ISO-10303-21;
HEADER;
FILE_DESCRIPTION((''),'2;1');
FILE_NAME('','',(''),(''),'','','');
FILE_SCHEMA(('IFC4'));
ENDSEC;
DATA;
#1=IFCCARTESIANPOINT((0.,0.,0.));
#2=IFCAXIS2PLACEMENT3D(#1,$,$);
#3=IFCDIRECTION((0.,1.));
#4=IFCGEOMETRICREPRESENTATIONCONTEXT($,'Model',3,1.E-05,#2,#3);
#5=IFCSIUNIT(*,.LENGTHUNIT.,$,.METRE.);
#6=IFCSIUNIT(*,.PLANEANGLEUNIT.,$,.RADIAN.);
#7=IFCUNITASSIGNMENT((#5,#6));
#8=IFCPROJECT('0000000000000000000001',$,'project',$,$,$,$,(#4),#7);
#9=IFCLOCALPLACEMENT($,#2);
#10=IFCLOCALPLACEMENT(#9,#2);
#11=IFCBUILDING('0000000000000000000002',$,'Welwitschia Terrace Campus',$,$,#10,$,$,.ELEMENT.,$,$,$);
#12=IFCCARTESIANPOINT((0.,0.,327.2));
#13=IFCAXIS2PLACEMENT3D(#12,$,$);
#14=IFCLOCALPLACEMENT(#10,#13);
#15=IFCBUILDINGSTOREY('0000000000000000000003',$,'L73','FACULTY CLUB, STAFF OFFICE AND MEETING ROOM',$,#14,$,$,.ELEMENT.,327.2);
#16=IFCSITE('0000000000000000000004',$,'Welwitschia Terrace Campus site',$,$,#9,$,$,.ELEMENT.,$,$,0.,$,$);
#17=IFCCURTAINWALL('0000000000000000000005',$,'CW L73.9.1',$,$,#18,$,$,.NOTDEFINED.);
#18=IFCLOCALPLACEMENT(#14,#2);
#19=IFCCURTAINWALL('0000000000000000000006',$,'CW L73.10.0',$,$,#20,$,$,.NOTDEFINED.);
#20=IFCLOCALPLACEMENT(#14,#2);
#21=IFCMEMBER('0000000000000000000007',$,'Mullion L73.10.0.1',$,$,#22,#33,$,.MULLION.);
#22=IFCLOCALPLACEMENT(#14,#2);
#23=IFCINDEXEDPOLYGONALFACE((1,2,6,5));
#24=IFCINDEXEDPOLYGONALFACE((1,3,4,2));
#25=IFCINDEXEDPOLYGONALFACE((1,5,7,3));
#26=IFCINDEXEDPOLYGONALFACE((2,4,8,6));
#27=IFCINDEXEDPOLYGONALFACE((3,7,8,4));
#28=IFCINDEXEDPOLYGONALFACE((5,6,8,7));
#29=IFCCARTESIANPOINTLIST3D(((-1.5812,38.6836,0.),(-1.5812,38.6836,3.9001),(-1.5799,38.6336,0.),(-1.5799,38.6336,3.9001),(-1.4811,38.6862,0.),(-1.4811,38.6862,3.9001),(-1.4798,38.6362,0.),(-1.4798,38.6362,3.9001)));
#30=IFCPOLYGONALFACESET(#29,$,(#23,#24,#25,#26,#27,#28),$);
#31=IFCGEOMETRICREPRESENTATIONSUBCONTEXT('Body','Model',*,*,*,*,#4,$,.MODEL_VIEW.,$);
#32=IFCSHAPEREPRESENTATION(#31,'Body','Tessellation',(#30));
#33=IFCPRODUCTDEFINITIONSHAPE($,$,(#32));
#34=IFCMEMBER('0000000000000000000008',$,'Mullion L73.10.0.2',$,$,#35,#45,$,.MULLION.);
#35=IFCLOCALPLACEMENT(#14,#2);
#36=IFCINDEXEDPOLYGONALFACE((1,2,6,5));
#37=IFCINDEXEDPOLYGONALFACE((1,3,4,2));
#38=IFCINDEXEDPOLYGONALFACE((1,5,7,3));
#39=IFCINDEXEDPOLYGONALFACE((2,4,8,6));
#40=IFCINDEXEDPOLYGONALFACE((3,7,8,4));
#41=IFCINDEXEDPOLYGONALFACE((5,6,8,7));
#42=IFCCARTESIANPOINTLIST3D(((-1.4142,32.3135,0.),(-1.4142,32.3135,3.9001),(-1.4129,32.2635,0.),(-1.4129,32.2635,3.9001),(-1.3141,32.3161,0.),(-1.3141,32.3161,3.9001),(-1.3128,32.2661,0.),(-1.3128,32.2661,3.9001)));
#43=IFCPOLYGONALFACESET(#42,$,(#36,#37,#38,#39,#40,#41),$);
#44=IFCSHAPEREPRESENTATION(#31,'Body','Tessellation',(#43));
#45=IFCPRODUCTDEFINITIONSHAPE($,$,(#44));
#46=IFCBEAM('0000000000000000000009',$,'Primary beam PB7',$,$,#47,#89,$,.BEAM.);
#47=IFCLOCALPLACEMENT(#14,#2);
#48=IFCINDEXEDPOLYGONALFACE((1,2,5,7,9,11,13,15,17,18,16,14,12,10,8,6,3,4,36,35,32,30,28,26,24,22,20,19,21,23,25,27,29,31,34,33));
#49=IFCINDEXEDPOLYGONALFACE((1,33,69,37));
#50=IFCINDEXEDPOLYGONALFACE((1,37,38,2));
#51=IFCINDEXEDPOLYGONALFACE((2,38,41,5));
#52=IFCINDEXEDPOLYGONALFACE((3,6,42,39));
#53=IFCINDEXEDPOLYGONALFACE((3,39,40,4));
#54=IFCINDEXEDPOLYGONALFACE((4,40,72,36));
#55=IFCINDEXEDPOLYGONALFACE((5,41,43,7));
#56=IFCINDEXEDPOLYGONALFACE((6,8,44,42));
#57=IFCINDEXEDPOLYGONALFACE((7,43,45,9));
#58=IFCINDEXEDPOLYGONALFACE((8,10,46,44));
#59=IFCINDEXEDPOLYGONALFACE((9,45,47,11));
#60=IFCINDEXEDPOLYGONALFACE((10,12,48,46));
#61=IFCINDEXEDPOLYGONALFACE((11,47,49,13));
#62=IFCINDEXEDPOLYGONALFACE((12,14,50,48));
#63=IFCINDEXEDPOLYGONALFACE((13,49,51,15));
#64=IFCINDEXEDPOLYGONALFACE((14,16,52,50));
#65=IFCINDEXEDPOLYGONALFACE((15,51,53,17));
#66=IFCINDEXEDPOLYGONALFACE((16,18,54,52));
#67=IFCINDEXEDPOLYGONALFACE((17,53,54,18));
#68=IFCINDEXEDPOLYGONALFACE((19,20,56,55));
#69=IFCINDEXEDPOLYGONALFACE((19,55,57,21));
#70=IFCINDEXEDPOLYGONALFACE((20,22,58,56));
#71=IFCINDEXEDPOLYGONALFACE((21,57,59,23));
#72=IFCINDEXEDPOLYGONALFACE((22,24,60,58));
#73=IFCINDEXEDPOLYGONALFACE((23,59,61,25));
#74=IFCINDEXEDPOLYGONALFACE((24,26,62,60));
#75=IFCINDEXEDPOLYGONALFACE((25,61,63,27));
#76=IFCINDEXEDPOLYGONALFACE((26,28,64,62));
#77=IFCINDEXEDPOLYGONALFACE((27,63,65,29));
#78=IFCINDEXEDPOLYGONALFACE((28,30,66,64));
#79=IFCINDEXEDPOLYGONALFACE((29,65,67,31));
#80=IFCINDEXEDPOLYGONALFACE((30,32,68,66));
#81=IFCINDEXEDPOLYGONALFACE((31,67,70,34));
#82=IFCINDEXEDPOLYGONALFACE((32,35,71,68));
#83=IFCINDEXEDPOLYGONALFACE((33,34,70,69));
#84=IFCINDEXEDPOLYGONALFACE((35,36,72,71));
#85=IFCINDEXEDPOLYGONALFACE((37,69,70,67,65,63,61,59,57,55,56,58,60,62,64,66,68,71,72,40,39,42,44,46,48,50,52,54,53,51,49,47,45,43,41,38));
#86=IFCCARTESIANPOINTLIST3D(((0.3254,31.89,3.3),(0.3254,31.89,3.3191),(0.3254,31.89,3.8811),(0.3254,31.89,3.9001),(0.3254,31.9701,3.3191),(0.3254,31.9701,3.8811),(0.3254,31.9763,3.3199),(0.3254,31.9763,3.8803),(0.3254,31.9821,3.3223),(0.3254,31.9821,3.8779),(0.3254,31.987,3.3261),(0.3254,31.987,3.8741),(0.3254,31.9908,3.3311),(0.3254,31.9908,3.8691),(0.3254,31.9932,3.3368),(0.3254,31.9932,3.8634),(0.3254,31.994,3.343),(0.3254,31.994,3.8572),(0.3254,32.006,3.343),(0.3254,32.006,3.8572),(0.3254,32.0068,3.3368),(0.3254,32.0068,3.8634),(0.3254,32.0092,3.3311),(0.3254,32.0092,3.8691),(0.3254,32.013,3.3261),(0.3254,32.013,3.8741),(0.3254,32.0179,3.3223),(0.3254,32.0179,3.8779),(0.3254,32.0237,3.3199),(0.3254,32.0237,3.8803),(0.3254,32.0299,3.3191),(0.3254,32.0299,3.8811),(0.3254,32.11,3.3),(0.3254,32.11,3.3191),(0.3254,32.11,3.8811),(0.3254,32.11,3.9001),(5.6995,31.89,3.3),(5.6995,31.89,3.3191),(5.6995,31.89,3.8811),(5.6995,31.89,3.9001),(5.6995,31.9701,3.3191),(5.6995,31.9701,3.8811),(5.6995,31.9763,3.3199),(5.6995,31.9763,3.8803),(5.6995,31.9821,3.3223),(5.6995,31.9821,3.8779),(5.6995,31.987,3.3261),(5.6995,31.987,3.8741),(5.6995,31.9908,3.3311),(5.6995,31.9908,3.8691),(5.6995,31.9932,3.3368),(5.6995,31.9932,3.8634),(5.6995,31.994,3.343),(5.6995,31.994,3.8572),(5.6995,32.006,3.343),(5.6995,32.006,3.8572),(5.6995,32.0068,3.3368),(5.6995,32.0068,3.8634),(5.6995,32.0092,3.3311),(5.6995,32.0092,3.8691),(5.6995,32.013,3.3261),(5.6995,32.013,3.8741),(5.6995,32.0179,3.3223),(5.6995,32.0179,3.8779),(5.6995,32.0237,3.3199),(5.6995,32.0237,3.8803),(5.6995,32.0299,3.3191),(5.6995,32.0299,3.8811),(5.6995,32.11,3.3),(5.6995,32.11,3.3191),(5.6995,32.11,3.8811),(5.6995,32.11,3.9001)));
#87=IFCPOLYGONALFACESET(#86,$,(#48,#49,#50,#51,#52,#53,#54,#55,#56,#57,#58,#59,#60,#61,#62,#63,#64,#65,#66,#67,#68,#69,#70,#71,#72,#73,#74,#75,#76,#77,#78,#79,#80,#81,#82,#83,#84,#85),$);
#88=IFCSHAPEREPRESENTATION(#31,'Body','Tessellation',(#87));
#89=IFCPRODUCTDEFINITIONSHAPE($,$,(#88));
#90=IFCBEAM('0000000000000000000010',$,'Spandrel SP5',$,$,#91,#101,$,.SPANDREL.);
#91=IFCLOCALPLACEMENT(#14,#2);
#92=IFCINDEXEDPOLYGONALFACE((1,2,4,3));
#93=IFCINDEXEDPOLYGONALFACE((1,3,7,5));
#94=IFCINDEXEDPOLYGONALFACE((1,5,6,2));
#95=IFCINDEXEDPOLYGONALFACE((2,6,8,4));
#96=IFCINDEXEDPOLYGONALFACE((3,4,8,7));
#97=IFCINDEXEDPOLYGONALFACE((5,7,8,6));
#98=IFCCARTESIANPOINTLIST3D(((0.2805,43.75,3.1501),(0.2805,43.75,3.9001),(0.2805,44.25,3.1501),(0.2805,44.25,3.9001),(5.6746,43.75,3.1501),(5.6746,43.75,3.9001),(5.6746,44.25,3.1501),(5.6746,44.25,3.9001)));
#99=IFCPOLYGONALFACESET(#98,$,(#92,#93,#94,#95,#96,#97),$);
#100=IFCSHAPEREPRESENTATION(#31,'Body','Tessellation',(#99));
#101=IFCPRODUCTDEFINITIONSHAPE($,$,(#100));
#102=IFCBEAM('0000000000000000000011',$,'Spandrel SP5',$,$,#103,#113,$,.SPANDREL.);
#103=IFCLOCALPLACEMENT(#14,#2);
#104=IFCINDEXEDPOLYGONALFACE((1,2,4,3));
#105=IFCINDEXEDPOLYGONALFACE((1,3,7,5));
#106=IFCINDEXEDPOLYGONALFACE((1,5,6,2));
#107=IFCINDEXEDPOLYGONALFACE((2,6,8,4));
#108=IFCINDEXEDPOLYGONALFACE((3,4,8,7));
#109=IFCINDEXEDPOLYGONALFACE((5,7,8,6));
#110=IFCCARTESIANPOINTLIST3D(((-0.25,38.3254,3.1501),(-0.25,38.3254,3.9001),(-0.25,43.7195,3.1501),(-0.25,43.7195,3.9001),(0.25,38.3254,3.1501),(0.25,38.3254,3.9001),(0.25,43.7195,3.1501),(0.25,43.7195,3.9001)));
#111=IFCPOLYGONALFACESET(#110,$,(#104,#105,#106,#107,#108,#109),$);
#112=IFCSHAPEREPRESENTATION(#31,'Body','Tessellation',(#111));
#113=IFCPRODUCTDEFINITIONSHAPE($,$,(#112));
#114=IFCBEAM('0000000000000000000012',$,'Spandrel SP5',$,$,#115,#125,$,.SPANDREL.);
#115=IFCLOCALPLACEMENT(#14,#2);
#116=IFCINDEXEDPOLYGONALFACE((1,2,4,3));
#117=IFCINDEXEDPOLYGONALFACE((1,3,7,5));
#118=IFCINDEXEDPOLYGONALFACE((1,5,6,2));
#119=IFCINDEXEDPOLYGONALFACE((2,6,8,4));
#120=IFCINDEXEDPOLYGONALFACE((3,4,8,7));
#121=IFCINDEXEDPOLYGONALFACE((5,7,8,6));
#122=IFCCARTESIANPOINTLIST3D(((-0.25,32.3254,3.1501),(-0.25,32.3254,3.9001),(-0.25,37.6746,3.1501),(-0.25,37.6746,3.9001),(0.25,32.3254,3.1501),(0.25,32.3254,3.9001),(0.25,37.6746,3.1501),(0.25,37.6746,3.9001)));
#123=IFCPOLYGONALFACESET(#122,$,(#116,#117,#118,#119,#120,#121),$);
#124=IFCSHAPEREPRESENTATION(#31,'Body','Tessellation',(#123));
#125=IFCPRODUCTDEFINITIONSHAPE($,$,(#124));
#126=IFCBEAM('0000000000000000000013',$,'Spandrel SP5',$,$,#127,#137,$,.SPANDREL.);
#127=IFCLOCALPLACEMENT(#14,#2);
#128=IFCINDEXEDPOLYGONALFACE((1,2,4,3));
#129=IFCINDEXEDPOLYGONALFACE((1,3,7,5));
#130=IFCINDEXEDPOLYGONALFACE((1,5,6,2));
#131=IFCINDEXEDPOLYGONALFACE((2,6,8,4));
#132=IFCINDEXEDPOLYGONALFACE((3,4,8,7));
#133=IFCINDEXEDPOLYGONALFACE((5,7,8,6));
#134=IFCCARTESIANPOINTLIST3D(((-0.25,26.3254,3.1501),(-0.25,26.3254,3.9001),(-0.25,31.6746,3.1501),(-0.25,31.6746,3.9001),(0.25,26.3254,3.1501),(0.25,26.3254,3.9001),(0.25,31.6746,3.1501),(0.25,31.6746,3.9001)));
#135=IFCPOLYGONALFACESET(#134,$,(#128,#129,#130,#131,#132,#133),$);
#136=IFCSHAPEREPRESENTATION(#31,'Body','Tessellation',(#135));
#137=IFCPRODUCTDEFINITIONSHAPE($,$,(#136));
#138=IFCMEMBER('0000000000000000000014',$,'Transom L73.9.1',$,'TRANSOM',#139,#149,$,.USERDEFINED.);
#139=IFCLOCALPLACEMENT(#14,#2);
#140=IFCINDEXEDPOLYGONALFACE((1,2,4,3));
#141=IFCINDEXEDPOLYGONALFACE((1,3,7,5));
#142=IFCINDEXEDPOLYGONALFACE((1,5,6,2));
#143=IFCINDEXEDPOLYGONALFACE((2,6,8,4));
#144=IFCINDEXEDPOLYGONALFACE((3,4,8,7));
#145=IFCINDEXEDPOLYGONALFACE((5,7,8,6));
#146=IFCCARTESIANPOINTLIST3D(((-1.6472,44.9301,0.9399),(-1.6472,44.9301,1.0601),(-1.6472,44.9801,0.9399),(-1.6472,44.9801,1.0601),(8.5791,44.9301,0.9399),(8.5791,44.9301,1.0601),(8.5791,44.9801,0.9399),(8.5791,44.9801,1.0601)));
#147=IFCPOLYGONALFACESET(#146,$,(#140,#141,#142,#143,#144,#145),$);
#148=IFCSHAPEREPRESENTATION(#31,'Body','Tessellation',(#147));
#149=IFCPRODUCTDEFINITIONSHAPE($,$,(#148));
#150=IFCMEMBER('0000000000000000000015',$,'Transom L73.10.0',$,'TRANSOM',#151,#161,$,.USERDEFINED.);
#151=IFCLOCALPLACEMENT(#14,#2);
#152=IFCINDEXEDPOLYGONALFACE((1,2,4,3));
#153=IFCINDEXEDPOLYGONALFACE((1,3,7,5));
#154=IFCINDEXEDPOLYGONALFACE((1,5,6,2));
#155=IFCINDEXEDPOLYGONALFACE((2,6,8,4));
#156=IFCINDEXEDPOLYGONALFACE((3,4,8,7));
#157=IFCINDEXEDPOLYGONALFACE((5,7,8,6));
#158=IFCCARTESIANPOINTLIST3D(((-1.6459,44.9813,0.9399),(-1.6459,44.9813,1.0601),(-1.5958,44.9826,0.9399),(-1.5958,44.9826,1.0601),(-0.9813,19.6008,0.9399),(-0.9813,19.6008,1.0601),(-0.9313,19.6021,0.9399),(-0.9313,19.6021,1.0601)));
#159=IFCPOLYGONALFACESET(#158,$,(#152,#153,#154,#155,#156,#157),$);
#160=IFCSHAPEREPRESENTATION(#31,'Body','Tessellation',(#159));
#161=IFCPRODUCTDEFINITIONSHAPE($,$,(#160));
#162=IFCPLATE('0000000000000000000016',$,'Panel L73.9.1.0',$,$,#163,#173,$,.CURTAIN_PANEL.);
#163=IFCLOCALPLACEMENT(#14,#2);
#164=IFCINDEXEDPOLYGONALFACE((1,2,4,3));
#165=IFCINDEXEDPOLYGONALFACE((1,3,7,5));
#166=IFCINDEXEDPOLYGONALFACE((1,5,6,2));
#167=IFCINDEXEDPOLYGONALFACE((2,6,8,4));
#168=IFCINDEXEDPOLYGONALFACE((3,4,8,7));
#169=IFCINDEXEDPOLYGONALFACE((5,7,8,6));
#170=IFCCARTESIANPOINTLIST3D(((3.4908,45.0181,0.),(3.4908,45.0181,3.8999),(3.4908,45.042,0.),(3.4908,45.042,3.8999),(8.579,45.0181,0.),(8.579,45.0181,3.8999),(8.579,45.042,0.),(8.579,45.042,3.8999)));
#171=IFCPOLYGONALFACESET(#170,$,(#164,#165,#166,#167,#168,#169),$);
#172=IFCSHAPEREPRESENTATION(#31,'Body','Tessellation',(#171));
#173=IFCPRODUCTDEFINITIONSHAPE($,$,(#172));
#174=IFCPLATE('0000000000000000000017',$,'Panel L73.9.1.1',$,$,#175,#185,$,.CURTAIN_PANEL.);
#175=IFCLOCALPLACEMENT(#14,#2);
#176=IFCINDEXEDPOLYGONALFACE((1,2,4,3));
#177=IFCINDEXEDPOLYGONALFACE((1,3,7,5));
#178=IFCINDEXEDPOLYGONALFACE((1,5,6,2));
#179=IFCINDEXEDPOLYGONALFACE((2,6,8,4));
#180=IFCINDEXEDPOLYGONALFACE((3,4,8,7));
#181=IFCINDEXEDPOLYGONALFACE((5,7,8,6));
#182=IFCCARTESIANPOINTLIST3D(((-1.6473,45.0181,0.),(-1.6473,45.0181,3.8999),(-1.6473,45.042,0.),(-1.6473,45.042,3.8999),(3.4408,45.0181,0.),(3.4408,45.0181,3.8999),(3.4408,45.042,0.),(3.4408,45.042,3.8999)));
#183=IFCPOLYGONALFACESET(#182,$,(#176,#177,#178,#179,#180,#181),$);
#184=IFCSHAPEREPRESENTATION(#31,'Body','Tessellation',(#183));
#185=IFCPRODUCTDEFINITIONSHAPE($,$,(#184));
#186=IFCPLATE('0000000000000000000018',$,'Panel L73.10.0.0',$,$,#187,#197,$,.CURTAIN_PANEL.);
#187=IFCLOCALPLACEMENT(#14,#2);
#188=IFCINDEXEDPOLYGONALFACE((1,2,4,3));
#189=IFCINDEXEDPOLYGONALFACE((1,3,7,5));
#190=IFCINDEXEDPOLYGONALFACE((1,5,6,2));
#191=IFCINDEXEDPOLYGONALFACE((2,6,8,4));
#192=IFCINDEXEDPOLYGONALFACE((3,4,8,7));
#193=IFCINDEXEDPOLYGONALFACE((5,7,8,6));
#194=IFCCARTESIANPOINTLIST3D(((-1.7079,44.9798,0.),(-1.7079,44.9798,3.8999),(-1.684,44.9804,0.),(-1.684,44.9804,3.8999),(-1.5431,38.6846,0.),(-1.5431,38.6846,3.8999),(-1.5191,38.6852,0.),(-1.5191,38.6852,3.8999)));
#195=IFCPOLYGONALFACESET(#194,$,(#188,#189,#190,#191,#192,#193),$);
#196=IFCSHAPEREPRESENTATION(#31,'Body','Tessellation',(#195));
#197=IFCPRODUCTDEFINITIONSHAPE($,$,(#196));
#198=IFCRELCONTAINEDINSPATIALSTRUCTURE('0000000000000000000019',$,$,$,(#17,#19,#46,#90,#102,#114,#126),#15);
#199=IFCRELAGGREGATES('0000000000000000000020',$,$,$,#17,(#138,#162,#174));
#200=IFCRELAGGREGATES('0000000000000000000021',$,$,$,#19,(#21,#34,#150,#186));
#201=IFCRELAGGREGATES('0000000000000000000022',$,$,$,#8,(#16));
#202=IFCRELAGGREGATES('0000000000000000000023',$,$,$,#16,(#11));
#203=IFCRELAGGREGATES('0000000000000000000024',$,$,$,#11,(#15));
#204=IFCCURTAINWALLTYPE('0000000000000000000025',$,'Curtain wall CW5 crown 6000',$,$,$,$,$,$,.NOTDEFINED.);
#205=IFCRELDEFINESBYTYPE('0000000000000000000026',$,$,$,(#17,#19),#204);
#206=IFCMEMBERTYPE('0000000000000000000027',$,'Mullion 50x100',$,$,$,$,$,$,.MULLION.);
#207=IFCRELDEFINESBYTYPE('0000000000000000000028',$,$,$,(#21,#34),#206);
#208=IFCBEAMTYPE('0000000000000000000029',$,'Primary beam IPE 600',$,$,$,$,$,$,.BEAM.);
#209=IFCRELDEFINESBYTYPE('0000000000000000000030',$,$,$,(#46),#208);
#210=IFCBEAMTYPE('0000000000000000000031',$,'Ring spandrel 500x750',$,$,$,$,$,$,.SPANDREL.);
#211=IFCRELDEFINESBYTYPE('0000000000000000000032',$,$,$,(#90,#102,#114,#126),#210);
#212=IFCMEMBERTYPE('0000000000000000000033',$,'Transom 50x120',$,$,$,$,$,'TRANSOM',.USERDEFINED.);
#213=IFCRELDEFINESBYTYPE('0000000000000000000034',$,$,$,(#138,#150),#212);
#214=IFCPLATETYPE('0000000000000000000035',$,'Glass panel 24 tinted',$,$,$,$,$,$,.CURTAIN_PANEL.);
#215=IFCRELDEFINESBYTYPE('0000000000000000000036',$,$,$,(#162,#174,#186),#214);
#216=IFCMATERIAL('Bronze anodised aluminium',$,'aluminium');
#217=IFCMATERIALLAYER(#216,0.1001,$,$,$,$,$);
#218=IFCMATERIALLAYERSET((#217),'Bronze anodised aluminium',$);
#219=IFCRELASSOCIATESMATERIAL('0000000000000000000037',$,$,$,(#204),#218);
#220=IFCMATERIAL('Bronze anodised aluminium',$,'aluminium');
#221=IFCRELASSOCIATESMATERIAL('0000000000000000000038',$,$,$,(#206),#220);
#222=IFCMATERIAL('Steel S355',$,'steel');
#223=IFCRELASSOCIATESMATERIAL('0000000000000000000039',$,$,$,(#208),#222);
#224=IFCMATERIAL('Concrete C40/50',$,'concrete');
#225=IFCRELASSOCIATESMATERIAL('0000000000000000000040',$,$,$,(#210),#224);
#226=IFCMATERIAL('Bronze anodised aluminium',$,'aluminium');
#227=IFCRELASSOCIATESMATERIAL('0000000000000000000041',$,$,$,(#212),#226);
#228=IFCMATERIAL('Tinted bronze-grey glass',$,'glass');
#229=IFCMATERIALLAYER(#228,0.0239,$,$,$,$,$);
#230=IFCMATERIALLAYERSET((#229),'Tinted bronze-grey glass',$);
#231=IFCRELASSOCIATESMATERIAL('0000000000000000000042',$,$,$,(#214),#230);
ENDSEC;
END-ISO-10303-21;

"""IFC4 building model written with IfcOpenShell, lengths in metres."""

from ifc_helpers import new_model, si_unit, direction, frame, origin, origin_2d, place, context, subcontext, project, spatial, rectangle, i_section, extrude, material, layer, layer_set, material_profile, profile_set, type_object, element, aggregate, save


model = new_model("IFC4")

# Units and contexts
model_context = context("Model", 3, precision=1e-05, world=origin(), true_north=direction((0.0, 1.0)))
body_context = subcontext(model_context, "Body", "Model", "MODEL_VIEW")
ifc_project = project(units=[si_unit("LENGTHUNIT", "METRE"), si_unit("PLANEANGLEUNIT", "RADIAN")], contexts=[model_context])

# Site, building, storey
site_placement = place(None, origin())
site = spatial("IfcSite", under=ifc_project, at=site_placement, Name="Welwitschia Terrace Campus site", CompositionType="ELEMENT", RefElevation=0.0)
building_placement = place(site_placement, origin())
building = spatial("IfcBuilding", under=site, at=building_placement, Name="Welwitschia Terrace Campus", CompositionType="ELEMENT")
storey_placement = place(building_placement, frame((0.0, 0.0, 327.2)))
storey = spatial("IfcBuildingStorey", under=building, at=storey_placement, Name="L73", Description="FACULTY CLUB, STAFF OFFICE AND MEETING ROOM", CompositionType="ELEMENT", Elevation=327.2)

# Curtain walls, members
ifc_material_1 = material(Name="Bronze anodised aluminium", Category="aluminium")
ifc_layer_1 = layer(ifc_material_1, 0.1001)
ifc_layer_set_1 = layer_set([ifc_layer_1], Name="Bronze anodised aluminium")
curtain_wall_type = type_object("IfcCurtainWallType", Name="Curtain wall CW5 crown 6000", PredefinedType="NOTDEFINED", material=ifc_layer_set_1)
curtain_wall_1_placement = place(storey_placement, origin())
curtain_wall_1 = element("IfcCurtainWall", 1, at=curtain_wall_1_placement, inside=storey, type_object=curtain_wall_type, Name="CW L73.9.1", PredefinedType="NOTDEFINED")
ifc_material_2 = material(Name="Bronze anodised aluminium", Category="aluminium")
ifc_material_profile_1 = material_profile(ifc_material_2, rectangle(XDim=0.1001, YDim=0.05, at=origin_2d()))
ifc_profile_set_1 = profile_set([ifc_material_profile_1], Name="Bronze anodised aluminium")
member_type_1 = type_object("IfcMemberType", Name="Mullion 50x100", PredefinedType="MULLION", material=ifc_profile_set_1)
curtain_wall_2_placement = place(storey_placement, origin())
curtain_wall_2 = element("IfcCurtainWall", 2, at=curtain_wall_2_placement, inside=storey, type_object=curtain_wall_type, Name="CW L73.10.0", PredefinedType="NOTDEFINED")
member_1_placement = place(storey_placement, frame((-1.5305, 38.6599, 0.0), z_axis=(0.0, 0.0, 1.0), x_axis=(0.999657, 0.026177, 0.0)))
member_1 = element("IfcMember", 3, at=member_1_placement, type_object=member_type_1, Name="Mullion L73.10.0.1", PredefinedType="MULLION", context=body_context, shape_type="SweptSolid", body=[
    extrude(rectangle(XDim=0.1001, YDim=0.05, at=origin_2d()), origin(), (0.0, 0.0, 1.0), 3.9001),
])
member_2_placement = place(storey_placement, frame((-1.3635, 32.2898, 0.0), z_axis=(0.0, 0.0, 1.0), x_axis=(0.999657, 0.026177, 0.0)))
member_2 = element("IfcMember", 4, at=member_2_placement, type_object=member_type_1, Name="Mullion L73.10.0.2", PredefinedType="MULLION", context=body_context, shape_type="SweptSolid", body=[
    extrude(rectangle(XDim=0.1001, YDim=0.05, at=origin_2d()), origin(), (0.0, 0.0, 1.0), 3.9001),
])

# Beams
ifc_material_3 = material(Name="Steel S355", Category="steel")
ifc_material_profile_2 = material_profile(ifc_material_3, i_section(OverallWidth=0.22, OverallDepth=0.6001, WebThickness=0.012, FlangeThickness=0.019, FilletRadius=0.0239, at=origin_2d()))
ifc_profile_set_2 = profile_set([ifc_material_profile_2], Name="Steel S355")
beam_type_1 = type_object("IfcBeamType", Name="Primary beam IPE 600", PredefinedType="BEAM", material=ifc_profile_set_2)
beam_1_placement = place(storey_placement, frame((0.3254, 32.0, 3.6001), z_axis=(1.0, 0.0, 0.0), x_axis=(0.0, 1.0, 0.0)))
element("IfcBeam", 5, at=beam_1_placement, inside=storey, type_object=beam_type_1, Name="Primary beam PB7", PredefinedType="BEAM", context=body_context, shape_type="SweptSolid", body=[
    extrude(i_section(OverallWidth=0.22, OverallDepth=0.6001, WebThickness=0.012, FlangeThickness=0.019, FilletRadius=0.0239, at=origin_2d()), origin(), (0.0, 0.0, 1.0), 5.374),
])
ifc_material_4 = material(Name="Concrete C40/50", Category="concrete")
ifc_material_profile_3 = material_profile(ifc_material_4, rectangle(XDim=0.5, YDim=0.75, at=origin_2d()))
ifc_profile_set_3 = profile_set([ifc_material_profile_3], Name="Concrete C40/50")
beam_type_2 = type_object("IfcBeamType", Name="Ring spandrel 500x750", PredefinedType="SPANDREL", material=ifc_profile_set_3)
for number, where, z_axis, x_axis, name in (
    (6, (5.6746, 44.0, 3.5251), (-1.0, 0.0, 0.0), (0.0, -1.0, 0.0), "Spandrel SP5"),
    (7, (0.0, 43.7195, 3.5251), (0.0, -1.0, 0.0), (1.0, 0.0, 0.0), "Spandrel SP5"),
):
    element("IfcBeam", number, at=place(storey_placement, frame(where, z_axis=z_axis, x_axis=x_axis)), inside=storey, type_object=beam_type_2, Name=name, PredefinedType="SPANDREL", context=body_context, shape_type="SweptSolid", body=[
        extrude(rectangle(XDim=0.5, YDim=0.75, at=origin_2d()), origin(), (0.0, 0.0, 1.0), 5.394),
    ])
for number, where, z_axis, x_axis, name in (
    (8, (0.0, 37.6746, 3.5251), (0.0, -1.0, 0.0), (1.0, 0.0, 0.0), "Spandrel SP5"),
    (9, (0.0, 31.6746, 3.5251), (0.0, -1.0, 0.0), (1.0, 0.0, 0.0), "Spandrel SP5"),
):
    element("IfcBeam", number, at=place(storey_placement, frame(where, z_axis=z_axis, x_axis=x_axis)), inside=storey, type_object=beam_type_2, Name=name, PredefinedType="SPANDREL", context=body_context, shape_type="SweptSolid", body=[
        extrude(rectangle(XDim=0.5, YDim=0.75, at=origin_2d()), origin(), (0.0, 0.0, 1.0), 5.3491),
    ])

# Members
ifc_material_5 = material(Name="Bronze anodised aluminium", Category="aluminium")
ifc_material_profile_4 = material_profile(ifc_material_5, rectangle(XDim=0.05, YDim=0.1201, at=origin_2d()))
ifc_profile_set_4 = profile_set([ifc_material_profile_4], Name="Bronze anodised aluminium")
member_type_2 = type_object("IfcMemberType", Name="Transom 50x120", ElementType="TRANSOM", PredefinedType="USERDEFINED", material=ifc_profile_set_4)
member_3_placement = place(storey_placement, frame((8.5791, 44.9551, 1.0), z_axis=(-1.0, 0.0, 0.0), x_axis=(0.0, -1.0, 0.0)))
member_3 = element("IfcMember", 10, at=member_3_placement, type_object=member_type_2, Name="Transom L73.9.1", ObjectType="TRANSOM", PredefinedType="USERDEFINED", context=body_context, shape_type="SweptSolid", body=[
    extrude(rectangle(XDim=0.05, YDim=0.1201, at=origin_2d()), origin(), (0.0, 0.0, 1.0), 10.2263),
])
member_4_placement = place(storey_placement, frame((-1.6208, 44.9819, 1.0), z_axis=(0.026175, -0.999657, 0.0), x_axis=(0.999657, 0.026175, 0.0)))
member_4 = element("IfcMember", 11, at=member_4_placement, type_object=member_type_2, Name="Transom L73.10.0", ObjectType="TRANSOM", PredefinedType="USERDEFINED", context=body_context, shape_type="SweptSolid", body=[
    extrude(rectangle(XDim=0.05, YDim=0.1201, at=origin_2d()), origin(), (0.0, 0.0, 1.0), 25.3892),
])

# Plates
ifc_material_6 = material(Name="Tinted bronze-grey glass", Category="glass")
ifc_layer_2 = layer(ifc_material_6, 0.0239)
ifc_layer_set_2 = layer_set([ifc_layer_2], Name="Tinted bronze-grey glass")
plate_type = type_object("IfcPlateType", Name="Glass panel 24 tinted", PredefinedType="CURTAIN_PANEL", material=ifc_layer_set_2)
plate_1_placement = place(storey_placement, frame((6.0349, 45.03, 0.0), z_axis=(0.0, 0.0, 1.0), x_axis=(-1.0, 0.0, 0.0)))
plate_1 = element("IfcPlate", 12, at=plate_1_placement, type_object=plate_type, Name="Panel L73.9.1.0", PredefinedType="CURTAIN_PANEL", context=body_context, shape_type="SweptSolid", body=[
    extrude(rectangle(XDim=5.0881, YDim=0.0239, at=origin_2d()), origin(), (0.0, 0.0, 1.0), 3.8999),
])
plate_2_placement = place(storey_placement, frame((0.8967, 45.03, 0.0), z_axis=(0.0, 0.0, 1.0), x_axis=(-1.0, 0.0, 0.0)))
plate_2 = element("IfcPlate", 13, at=plate_2_placement, type_object=plate_type, Name="Panel L73.9.1.1", PredefinedType="CURTAIN_PANEL", context=body_context, shape_type="SweptSolid", body=[
    extrude(rectangle(XDim=5.0881, YDim=0.0239, at=origin_2d()), origin(), (0.0, 0.0, 1.0), 3.8999),
])
aggregate(curtain_wall_1, [member_3, plate_1, plate_2])
plate_3_placement = place(storey_placement, frame((-1.6135, 41.8325, 0.0), z_axis=(0.0, 0.0, 1.0), x_axis=(0.026177, -0.999657, 0.0)))
plate_3 = element("IfcPlate", 14, at=plate_3_placement, type_object=plate_type, Name="Panel L73.10.0.0", PredefinedType="CURTAIN_PANEL", context=body_context, shape_type="SweptSolid", body=[
    extrude(rectangle(XDim=6.2974, YDim=0.0239, at=origin_2d()), origin(), (0.0, 0.0, 1.0), 3.8999),
])
aggregate(curtain_wall_2, [member_1, member_2, member_4, plate_3])

save(model, "model.ifc")
